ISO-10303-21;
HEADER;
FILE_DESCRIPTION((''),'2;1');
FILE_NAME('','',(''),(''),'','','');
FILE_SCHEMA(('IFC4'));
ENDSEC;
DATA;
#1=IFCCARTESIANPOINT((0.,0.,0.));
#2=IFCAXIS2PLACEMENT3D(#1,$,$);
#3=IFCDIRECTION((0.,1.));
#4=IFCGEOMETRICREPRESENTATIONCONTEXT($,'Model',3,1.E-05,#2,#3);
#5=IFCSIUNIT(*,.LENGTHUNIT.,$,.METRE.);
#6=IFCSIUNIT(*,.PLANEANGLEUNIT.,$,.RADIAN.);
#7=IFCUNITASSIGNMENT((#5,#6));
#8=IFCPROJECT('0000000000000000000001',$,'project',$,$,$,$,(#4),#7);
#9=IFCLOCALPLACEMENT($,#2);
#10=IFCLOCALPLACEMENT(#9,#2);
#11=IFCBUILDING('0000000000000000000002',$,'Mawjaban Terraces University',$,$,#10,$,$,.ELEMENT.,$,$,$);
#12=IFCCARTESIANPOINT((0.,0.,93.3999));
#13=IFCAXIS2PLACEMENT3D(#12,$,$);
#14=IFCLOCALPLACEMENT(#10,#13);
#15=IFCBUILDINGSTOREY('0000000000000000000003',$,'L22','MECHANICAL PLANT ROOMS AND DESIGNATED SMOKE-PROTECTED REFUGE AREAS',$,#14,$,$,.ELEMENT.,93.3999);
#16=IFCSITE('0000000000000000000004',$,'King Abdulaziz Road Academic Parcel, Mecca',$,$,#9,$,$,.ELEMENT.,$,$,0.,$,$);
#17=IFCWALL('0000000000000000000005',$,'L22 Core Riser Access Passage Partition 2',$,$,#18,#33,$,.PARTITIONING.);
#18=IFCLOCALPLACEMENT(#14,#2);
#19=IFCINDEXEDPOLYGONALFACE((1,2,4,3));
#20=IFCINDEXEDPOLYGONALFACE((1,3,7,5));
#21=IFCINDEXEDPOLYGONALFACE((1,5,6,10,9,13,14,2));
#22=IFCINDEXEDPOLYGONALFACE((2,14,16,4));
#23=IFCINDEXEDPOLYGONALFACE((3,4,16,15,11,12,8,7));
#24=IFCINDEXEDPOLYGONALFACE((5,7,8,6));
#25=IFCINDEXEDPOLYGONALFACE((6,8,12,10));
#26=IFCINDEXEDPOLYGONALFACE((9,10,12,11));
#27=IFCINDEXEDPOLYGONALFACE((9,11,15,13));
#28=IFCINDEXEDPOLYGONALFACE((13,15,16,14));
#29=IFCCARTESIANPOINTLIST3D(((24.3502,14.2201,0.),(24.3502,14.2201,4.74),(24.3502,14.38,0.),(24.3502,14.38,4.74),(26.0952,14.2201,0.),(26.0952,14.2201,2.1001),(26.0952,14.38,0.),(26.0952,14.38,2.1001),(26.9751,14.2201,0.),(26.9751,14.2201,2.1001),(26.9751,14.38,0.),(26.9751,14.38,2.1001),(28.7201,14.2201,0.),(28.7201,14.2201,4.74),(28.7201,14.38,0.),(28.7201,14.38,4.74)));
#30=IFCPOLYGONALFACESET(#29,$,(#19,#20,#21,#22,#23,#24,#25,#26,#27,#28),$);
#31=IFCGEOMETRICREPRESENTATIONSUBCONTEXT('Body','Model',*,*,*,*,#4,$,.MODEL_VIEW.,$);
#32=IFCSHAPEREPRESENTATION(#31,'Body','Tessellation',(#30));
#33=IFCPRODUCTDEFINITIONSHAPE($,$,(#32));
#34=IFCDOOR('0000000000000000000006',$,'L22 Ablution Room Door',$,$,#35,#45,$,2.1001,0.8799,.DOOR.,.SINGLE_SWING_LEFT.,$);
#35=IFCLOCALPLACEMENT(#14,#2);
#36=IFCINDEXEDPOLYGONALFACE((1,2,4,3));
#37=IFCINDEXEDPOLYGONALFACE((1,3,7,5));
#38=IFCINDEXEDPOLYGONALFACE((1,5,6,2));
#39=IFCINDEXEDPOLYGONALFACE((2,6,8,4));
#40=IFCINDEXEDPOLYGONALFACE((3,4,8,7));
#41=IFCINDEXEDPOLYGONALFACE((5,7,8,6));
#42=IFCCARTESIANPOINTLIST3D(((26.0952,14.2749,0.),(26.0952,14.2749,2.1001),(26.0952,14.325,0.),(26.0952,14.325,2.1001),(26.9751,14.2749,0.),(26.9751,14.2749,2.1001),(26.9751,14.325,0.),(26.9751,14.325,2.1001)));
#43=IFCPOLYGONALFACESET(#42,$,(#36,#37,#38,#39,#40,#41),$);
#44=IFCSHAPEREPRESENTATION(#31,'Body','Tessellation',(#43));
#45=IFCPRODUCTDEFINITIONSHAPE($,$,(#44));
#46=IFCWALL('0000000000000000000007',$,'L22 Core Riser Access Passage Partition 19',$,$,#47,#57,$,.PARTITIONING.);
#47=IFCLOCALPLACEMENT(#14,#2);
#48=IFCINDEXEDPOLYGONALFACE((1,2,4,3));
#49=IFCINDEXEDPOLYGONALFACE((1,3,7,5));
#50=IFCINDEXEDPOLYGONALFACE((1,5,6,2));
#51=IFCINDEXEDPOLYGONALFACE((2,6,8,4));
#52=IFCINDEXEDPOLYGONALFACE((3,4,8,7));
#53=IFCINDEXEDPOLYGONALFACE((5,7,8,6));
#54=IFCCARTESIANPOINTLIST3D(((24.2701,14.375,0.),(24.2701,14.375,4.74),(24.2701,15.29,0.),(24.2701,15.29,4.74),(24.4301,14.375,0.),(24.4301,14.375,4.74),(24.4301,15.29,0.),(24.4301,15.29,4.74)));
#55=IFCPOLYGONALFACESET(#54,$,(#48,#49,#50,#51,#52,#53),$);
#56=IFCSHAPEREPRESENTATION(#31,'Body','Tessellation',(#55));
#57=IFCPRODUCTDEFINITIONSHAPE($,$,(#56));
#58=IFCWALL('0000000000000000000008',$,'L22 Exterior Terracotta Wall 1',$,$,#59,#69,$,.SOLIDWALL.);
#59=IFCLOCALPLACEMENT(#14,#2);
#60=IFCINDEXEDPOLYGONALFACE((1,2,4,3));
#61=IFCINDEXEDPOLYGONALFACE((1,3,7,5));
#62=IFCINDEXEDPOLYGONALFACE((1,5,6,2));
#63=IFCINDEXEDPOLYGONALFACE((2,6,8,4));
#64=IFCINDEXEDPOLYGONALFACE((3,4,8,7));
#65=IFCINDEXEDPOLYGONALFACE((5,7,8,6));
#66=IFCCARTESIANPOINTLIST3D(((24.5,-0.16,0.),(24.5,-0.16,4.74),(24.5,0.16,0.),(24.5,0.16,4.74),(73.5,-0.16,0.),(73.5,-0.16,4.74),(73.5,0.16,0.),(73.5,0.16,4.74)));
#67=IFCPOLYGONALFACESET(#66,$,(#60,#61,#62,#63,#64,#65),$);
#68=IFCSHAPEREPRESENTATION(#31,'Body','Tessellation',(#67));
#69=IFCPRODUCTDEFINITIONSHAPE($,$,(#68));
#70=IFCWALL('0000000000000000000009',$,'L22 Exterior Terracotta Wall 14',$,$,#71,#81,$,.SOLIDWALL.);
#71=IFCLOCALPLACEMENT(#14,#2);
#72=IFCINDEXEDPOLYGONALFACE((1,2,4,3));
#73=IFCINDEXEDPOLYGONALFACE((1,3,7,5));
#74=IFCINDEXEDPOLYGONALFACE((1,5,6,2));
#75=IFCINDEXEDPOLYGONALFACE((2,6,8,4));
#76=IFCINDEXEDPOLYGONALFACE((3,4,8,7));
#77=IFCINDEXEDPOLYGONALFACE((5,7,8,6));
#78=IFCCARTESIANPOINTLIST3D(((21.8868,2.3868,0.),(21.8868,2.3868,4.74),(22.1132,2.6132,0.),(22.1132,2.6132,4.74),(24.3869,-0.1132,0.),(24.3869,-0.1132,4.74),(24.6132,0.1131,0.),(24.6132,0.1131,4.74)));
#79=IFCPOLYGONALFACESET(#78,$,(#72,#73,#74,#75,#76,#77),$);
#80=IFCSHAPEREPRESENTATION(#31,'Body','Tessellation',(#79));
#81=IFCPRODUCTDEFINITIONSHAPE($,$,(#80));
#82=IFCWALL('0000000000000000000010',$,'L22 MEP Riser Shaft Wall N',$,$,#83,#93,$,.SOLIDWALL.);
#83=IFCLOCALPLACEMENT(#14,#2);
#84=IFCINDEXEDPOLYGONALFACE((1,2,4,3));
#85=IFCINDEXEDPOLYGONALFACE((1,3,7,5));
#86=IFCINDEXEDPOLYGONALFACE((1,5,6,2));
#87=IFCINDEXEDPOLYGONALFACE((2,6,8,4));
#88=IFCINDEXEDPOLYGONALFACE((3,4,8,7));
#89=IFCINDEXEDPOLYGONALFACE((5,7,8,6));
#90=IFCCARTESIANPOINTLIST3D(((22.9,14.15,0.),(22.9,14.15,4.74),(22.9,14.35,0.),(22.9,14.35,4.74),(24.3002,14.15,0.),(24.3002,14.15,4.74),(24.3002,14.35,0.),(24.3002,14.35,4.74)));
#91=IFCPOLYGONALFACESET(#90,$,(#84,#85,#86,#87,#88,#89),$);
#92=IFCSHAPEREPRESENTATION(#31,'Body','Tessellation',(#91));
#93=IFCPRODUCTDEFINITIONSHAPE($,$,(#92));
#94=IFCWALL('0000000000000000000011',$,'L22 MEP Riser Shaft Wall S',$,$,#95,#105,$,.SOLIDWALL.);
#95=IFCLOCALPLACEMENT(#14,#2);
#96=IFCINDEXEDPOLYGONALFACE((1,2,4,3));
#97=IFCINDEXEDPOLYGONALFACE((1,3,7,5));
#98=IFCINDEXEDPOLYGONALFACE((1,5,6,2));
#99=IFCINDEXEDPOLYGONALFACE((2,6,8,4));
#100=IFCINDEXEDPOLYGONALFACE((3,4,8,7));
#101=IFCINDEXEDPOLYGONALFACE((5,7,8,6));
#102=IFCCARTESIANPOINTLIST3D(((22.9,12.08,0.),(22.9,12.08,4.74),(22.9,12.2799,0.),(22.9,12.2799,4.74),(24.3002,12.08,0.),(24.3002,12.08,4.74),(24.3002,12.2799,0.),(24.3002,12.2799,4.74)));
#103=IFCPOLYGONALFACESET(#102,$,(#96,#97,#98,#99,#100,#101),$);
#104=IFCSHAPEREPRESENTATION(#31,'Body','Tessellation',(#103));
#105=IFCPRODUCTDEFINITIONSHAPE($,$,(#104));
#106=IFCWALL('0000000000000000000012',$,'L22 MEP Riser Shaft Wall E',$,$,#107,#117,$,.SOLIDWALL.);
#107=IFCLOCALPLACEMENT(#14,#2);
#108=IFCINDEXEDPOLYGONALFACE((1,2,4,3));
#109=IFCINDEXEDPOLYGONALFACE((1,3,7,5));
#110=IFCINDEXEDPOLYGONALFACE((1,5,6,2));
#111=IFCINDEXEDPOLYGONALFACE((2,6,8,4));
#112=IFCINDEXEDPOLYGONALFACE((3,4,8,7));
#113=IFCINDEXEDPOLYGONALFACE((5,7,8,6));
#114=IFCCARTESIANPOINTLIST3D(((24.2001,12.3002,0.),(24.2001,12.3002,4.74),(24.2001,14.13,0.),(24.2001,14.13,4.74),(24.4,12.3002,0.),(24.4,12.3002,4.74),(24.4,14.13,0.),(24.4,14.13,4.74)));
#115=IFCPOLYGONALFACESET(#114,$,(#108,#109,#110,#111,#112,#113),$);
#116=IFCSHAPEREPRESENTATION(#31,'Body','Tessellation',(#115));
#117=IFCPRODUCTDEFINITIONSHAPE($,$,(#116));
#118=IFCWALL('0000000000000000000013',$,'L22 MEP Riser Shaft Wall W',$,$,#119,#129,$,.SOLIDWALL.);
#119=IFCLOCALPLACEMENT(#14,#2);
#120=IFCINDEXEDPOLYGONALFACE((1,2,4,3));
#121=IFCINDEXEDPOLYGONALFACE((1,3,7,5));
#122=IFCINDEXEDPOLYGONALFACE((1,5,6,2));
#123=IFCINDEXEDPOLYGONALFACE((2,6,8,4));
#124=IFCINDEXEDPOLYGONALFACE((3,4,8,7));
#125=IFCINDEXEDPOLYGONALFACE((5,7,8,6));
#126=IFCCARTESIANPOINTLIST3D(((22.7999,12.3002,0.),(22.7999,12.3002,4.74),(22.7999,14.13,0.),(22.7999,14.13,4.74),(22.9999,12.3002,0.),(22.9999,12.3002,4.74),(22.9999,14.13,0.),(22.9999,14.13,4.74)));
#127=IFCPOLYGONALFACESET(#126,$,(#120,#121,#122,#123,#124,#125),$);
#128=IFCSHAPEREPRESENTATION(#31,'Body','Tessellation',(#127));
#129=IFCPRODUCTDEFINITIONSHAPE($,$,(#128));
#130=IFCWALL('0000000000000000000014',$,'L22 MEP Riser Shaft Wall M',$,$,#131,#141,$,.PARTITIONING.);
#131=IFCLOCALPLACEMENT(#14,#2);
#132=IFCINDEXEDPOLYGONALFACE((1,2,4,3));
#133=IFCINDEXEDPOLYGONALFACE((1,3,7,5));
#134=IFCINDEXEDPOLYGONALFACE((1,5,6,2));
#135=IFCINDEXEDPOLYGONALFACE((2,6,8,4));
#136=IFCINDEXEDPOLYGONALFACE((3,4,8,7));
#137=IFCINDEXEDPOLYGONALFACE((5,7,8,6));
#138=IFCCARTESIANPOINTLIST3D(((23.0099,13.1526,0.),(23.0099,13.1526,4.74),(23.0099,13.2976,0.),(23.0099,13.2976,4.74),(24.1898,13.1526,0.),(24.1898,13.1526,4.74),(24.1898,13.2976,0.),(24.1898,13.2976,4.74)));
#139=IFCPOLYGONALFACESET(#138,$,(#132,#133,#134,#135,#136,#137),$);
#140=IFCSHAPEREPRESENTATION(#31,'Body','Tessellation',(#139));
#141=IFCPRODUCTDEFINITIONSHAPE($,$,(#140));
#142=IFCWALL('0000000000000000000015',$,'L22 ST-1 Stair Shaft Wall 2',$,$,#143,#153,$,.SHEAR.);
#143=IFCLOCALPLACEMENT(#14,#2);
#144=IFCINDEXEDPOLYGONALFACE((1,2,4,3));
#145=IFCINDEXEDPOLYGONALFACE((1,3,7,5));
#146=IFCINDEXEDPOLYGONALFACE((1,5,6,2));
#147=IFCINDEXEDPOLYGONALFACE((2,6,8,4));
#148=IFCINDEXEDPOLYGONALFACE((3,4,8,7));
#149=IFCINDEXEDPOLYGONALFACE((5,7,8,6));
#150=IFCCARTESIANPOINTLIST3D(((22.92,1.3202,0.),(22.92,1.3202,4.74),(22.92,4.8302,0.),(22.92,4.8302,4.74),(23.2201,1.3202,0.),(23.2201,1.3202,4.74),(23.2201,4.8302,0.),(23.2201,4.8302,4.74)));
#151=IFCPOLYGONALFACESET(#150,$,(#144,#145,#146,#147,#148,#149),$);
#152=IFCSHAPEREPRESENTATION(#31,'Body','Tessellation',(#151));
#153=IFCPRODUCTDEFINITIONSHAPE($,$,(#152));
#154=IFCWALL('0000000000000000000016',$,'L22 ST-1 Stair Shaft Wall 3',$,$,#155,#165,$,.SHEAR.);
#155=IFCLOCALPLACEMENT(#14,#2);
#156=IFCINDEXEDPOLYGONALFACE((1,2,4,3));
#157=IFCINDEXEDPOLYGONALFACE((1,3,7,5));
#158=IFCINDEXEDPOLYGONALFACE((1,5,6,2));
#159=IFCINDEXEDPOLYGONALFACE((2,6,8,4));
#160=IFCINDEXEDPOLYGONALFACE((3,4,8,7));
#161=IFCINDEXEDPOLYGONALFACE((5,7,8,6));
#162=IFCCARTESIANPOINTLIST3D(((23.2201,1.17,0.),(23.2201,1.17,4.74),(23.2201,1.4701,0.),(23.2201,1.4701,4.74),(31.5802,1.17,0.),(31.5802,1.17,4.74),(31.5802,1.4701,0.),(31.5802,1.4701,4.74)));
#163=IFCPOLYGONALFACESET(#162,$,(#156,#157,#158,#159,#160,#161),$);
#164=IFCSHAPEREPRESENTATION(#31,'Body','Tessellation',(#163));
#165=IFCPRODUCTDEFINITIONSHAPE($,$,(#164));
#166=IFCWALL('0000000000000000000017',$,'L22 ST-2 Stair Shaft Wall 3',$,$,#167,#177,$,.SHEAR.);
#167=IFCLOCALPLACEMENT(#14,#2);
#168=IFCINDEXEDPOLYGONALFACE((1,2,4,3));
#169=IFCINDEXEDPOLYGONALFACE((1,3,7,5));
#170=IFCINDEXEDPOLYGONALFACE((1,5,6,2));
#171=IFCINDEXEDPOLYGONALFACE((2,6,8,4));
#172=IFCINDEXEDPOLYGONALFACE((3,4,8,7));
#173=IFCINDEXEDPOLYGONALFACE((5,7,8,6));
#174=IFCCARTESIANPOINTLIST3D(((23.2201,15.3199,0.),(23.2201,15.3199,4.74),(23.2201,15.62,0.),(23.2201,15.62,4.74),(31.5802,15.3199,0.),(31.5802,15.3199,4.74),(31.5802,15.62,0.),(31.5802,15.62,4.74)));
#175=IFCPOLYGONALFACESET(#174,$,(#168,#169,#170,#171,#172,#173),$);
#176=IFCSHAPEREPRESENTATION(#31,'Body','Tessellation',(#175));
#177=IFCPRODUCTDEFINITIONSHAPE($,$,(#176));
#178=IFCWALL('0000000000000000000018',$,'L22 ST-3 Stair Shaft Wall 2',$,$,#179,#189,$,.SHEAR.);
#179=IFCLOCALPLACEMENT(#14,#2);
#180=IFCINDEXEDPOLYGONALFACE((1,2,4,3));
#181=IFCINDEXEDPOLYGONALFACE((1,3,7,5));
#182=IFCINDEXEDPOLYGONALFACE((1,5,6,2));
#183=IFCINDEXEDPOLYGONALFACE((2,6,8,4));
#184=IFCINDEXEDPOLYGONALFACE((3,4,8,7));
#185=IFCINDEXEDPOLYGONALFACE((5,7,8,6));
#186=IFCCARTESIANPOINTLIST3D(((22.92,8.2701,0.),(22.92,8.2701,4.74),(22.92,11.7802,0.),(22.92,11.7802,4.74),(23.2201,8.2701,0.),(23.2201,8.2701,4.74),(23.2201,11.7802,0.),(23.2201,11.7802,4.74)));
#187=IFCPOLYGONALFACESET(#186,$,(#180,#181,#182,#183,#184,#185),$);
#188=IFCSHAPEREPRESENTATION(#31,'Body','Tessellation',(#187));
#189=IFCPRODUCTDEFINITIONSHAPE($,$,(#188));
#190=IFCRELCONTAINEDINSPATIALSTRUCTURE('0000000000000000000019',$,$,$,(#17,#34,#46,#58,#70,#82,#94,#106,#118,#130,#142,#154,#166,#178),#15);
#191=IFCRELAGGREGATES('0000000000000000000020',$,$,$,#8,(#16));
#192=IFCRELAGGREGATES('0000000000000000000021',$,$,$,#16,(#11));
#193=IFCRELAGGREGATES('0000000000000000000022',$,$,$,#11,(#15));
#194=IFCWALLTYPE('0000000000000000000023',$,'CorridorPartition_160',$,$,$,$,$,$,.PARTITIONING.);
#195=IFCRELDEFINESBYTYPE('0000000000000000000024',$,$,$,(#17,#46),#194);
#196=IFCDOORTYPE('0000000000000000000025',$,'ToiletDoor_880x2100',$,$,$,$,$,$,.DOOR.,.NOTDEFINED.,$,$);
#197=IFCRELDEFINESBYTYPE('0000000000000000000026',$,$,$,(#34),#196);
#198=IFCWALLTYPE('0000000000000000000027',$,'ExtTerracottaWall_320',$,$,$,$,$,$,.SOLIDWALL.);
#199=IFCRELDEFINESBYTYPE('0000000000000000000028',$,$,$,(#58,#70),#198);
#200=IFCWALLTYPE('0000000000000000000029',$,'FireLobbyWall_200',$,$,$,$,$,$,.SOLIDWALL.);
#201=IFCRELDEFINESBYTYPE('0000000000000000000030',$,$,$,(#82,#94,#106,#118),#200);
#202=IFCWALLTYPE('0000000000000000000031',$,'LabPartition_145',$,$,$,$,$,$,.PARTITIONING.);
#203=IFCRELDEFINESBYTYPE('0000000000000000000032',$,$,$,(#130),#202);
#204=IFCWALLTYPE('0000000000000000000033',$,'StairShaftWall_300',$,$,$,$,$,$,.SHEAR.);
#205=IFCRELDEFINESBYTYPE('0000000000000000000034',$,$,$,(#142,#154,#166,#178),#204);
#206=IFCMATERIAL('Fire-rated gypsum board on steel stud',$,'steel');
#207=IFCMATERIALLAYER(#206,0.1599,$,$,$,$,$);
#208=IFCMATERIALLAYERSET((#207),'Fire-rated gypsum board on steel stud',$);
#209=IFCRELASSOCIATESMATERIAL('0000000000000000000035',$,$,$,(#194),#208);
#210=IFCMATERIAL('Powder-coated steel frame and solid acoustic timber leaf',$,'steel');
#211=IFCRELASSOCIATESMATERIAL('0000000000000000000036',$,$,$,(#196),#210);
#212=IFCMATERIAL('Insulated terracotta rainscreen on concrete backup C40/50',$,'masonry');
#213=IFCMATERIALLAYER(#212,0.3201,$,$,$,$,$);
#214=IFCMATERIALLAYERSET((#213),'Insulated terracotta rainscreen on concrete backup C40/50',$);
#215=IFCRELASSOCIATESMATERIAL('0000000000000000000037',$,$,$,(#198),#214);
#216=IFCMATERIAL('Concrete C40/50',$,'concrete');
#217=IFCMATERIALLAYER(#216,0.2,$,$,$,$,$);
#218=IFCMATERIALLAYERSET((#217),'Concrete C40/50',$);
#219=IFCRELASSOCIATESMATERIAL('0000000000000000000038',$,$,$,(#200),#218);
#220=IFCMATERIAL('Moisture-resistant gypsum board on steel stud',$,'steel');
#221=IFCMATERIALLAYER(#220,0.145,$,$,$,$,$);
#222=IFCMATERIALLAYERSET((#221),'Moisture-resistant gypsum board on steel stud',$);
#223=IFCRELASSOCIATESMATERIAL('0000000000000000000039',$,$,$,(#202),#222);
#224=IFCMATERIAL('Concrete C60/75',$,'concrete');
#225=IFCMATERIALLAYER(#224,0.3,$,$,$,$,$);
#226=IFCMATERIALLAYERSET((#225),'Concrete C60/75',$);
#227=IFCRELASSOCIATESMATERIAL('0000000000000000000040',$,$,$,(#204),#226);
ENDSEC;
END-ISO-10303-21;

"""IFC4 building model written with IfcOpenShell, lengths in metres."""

from ifc_helpers import new_model, si_unit, direction, frame, frame_2d, origin, place, context, subcontext, project, spatial, rectangle, extrude, material, layer, layer_set, type_object, element, fill, save


model = new_model("IFC4")

# Units and contexts
model_context = context("Model", 3, precision=1e-05, world=origin(), true_north=direction((0.0, 1.0)))
body_context = subcontext(model_context, "Body", "Model", "MODEL_VIEW")
ifc_project = project(units=[si_unit("LENGTHUNIT", "METRE"), si_unit("PLANEANGLEUNIT", "RADIAN")], contexts=[model_context])

# Site, building, storey
site_placement = place(None, origin())
site = spatial("IfcSite", under=ifc_project, at=site_placement, Name="King Abdulaziz Road Academic Parcel, Mecca", CompositionType="ELEMENT", RefElevation=0.0)
building_placement = place(site_placement, origin())
building = spatial("IfcBuilding", under=site, at=building_placement, Name="Mawjaban Terraces University", CompositionType="ELEMENT")
storey_placement = place(building_placement, frame((0.0, 0.0, 93.3999)))
storey = spatial("IfcBuildingStorey", under=building, at=storey_placement, Name="L22", Description="MECHANICAL PLANT ROOMS AND DESIGNATED SMOKE-PROTECTED REFUGE AREAS", CompositionType="ELEMENT", Elevation=93.3999)

# Shared definitions
ifc_material_1 = material(Name="Concrete C40/50", Category="concrete")

# Wall, opening, door
ifc_material_2 = material(Name="Fire-rated gypsum board on steel stud", Category="steel")
ifc_layer_1 = layer(ifc_material_2, 0.1599)
ifc_layer_set_1 = layer_set([ifc_layer_1], Name="Fire-rated gypsum board on steel stud")
wall_type_1 = type_object("IfcWallType", Name="CorridorPartition_160", PredefinedType="PARTITIONING", material=ifc_layer_set_1)
wall_1_placement = place(storey_placement, frame((24.3501, 14.3, 0.0), z_axis=(0.0, 0.0, 1.0), x_axis=(1.0, 0.0, 0.0)))
wall_1 = element("IfcWall", 1, at=wall_1_placement, inside=storey, type_object=wall_type_1, Name="L22 Core Riser Access Passage Partition 2", PredefinedType="PARTITIONING", context=body_context, shape_type="SweptSolid", body=[
    extrude(rectangle(XDim=4.3699, YDim=0.1599, at=frame_2d((2.1851, 0.0))), origin(), (0.0, 0.0, 1.0), 4.74),
])
opening_placement = place(wall_1_placement, frame((1.7451, 0.0, 0.0)))
opening = element("IfcOpeningElement", 2, at=opening_placement, cuts=wall_1, PredefinedType="OPENING", context=body_context, shape_type="SweptSolid", body=[
    extrude(rectangle(XDim=0.8799, YDim=2.1001, at=frame_2d((0.4399, 1.05))), frame((0.0, 0.0898, 0.0), z_axis=(0.0, -1.0, 0.0), x_axis=(1.0, 0.0, 0.0)), (0.0, 0.0, 1.0), 0.1799),
])
ifc_material_3 = material(Name="Powder-coated steel frame and solid acoustic timber leaf", Category="steel")
door_type = type_object("IfcDoorType", Name="ToiletDoor_880x2100", OperationType="NOTDEFINED", PredefinedType="DOOR", material=ifc_material_3)
door_placement = place(opening_placement, origin())
door = element("IfcDoor", 3, at=door_placement, inside=storey, type_object=door_type, Name="L22 Ablution Room Door", OperationType="SINGLE_SWING_LEFT", OverallHeight=2.1001, OverallWidth=0.8799, PredefinedType="DOOR", context=body_context, shape_type="SweptSolid", body=[
    extrude(rectangle(XDim=0.8799, YDim=2.1001, at=frame_2d((0.4399, 1.05))), frame((0.0, 0.0249, 0.0), z_axis=(0.0, -1.0, 0.0), x_axis=(1.0, 0.0, 0.0)), (0.0, 0.0, 1.0), 0.05),
])
fill(opening, door)

# Walls
wall_2_placement = place(storey_placement, frame((24.3501, 15.29, 0.0), z_axis=(0.0, 0.0, 1.0), x_axis=(0.0, -1.0, 0.0)))
element("IfcWall", 4, at=wall_2_placement, inside=storey, type_object=wall_type_1, Name="L22 Core Riser Access Passage Partition 19", PredefinedType="PARTITIONING", context=body_context, shape_type="SweptSolid", body=[
    extrude(rectangle(XDim=0.915, YDim=0.1599, at=frame_2d((0.4575, 0.0))), origin(), (0.0, 0.0, 1.0), 4.74),
])
ifc_material_4 = material(Name="Insulated terracotta rainscreen on concrete backup C40/50", Category="masonry")
ifc_layer_2 = layer(ifc_material_4, 0.3201)
ifc_layer_set_2 = layer_set([ifc_layer_2], Name="Insulated terracotta rainscreen on concrete backup C40/50")
wall_type_2 = type_object("IfcWallType", Name="ExtTerracottaWall_320", PredefinedType="SOLIDWALL", material=ifc_layer_set_2)
wall_3_placement = place(storey_placement, frame((24.5, 0.0, 0.0), z_axis=(0.0, 0.0, 1.0), x_axis=(1.0, 0.0, 0.0)))
element("IfcWall", 5, at=wall_3_placement, inside=storey, type_object=wall_type_2, Name="L22 Exterior Terracotta Wall 1", PredefinedType="SOLIDWALL", context=body_context, shape_type="SweptSolid", body=[
    extrude(rectangle(XDim=49.0, YDim=0.3201, at=frame_2d((24.5, 0.0))), origin(), (0.0, 0.0, 1.0), 4.74),
])
wall_4_placement = place(storey_placement, frame((22.0, 2.5, 0.0), z_axis=(0.0, 0.0, 1.0), x_axis=(0.707107, -0.707107, 0.0)))
element("IfcWall", 6, at=wall_4_placement, inside=storey, type_object=wall_type_2, Name="L22 Exterior Terracotta Wall 14", PredefinedType="SOLIDWALL", context=body_context, shape_type="SweptSolid", body=[
    extrude(rectangle(XDim=3.5356, YDim=0.3201, at=frame_2d((1.7678, 0.0))), origin(), (0.0, 0.0, 1.0), 4.74),
])
ifc_layer_3 = layer(ifc_material_1, 0.2)
ifc_layer_set_3 = layer_set([ifc_layer_3], Name="Concrete C40/50")
wall_type_3 = type_object("IfcWallType", Name="FireLobbyWall_200", PredefinedType="SOLIDWALL", material=ifc_layer_set_3)
for number, where, z_axis, x_axis, name in (
    (7, (22.8999, 14.25, 0.0), (0.0, 0.0, 1.0), (1.0, 0.0, 0.0), "L22 MEP Riser Shaft Wall N"),
    (8, (22.8999, 12.1799, 0.0), (0.0, 0.0, 1.0), (1.0, 0.0, 0.0), "L22 MEP Riser Shaft Wall S"),
):
    element("IfcWall", number, at=place(storey_placement, frame(where, z_axis=z_axis, x_axis=x_axis)), inside=storey, type_object=wall_type_3, Name=name, PredefinedType="SOLIDWALL", context=body_context, shape_type="SweptSolid", body=[
        extrude(rectangle(XDim=1.4001, YDim=0.2, at=frame_2d((0.7002, 0.0))), origin(), (0.0, 0.0, 1.0), 4.74),
    ])
for number, where, z_axis, x_axis, name in (
    (9, (24.3, 12.3, 0.0), (0.0, 0.0, 1.0), (0.0, 1.0, 0.0), "L22 MEP Riser Shaft Wall E"),
    (10, (22.8999, 12.3, 0.0), (0.0, 0.0, 1.0), (0.0, 1.0, 0.0), "L22 MEP Riser Shaft Wall W"),
):
    element("IfcWall", number, at=place(storey_placement, frame(where, z_axis=z_axis, x_axis=x_axis)), inside=storey, type_object=wall_type_3, Name=name, PredefinedType="SOLIDWALL", context=body_context, shape_type="SweptSolid", body=[
        extrude(rectangle(XDim=1.8298, YDim=0.2, at=frame_2d((0.915, 0.0))), origin(), (0.0, 0.0, 1.0), 4.74),
    ])
ifc_material_5 = material(Name="Moisture-resistant gypsum board on steel stud", Category="steel")
ifc_layer_4 = layer(ifc_material_5, 0.145)
ifc_layer_set_4 = layer_set([ifc_layer_4], Name="Moisture-resistant gypsum board on steel stud")
wall_type_4 = type_object("IfcWallType", Name="LabPartition_145", PredefinedType="PARTITIONING", material=ifc_layer_set_4)
wall_5_placement = place(storey_placement, frame((23.01, 13.2251, 0.0), z_axis=(0.0, 0.0, 1.0), x_axis=(1.0, 0.0, 0.0)))
element("IfcWall", 11, at=wall_5_placement, inside=storey, type_object=wall_type_4, Name="L22 MEP Riser Shaft Wall M", PredefinedType="PARTITIONING", context=body_context, shape_type="SweptSolid", body=[
    extrude(rectangle(XDim=1.1799, YDim=0.145, at=frame_2d((0.5898, 0.0))), origin(), (0.0, 0.0, 1.0), 4.74),
])
ifc_material_6 = material(Name="Concrete C60/75", Category="concrete")
ifc_layer_5 = layer(ifc_material_6, 0.3)
ifc_layer_set_5 = layer_set([ifc_layer_5], Name="Concrete C60/75")
wall_type_5 = type_object("IfcWallType", Name="StairShaftWall_300", PredefinedType="SHEAR", material=ifc_layer_set_5)
wall_6_placement = place(storey_placement, frame((23.0701, 4.8301, 0.0), z_axis=(0.0, 0.0, 1.0), x_axis=(0.0, -1.0, 0.0)))
element("IfcWall", 12, at=wall_6_placement, inside=storey, type_object=wall_type_5, Name="L22 ST-1 Stair Shaft Wall 2", PredefinedType="SHEAR", context=body_context, shape_type="SweptSolid", body=[
    extrude(rectangle(XDim=3.51, YDim=0.3, at=frame_2d((1.7549, 0.0))), origin(), (0.0, 0.0, 1.0), 4.74),
])
for number, where, z_axis, x_axis, name in (
    (13, (23.22, 1.3201, 0.0), (0.0, 0.0, 1.0), (1.0, 0.0, 0.0), "L22 ST-1 Stair Shaft Wall 3"),
    (14, (23.22, 15.47, 0.0), (0.0, 0.0, 1.0), (1.0, 0.0, 0.0), "L22 ST-2 Stair Shaft Wall 3"),
):
    element("IfcWall", number, at=place(storey_placement, frame(where, z_axis=z_axis, x_axis=x_axis)), inside=storey, type_object=wall_type_5, Name=name, PredefinedType="SHEAR", context=body_context, shape_type="SweptSolid", body=[
        extrude(rectangle(XDim=8.3601, YDim=0.3, at=frame_2d((4.1802, 0.0))), origin(), (0.0, 0.0, 1.0), 4.74),
    ])
wall_7_placement = place(storey_placement, frame((23.0701, 11.78, 0.0), z_axis=(0.0, 0.0, 1.0), x_axis=(0.0, -1.0, 0.0)))
element("IfcWall", 15, at=wall_7_placement, inside=storey, type_object=wall_type_5, Name="L22 ST-3 Stair Shaft Wall 2", PredefinedType="SHEAR", context=body_context, shape_type="SweptSolid", body=[
    extrude(rectangle(XDim=3.51, YDim=0.3, at=frame_2d((1.7549, 0.0))), origin(), (0.0, 0.0, 1.0), 4.74),
])

save(model, "model.ifc")
